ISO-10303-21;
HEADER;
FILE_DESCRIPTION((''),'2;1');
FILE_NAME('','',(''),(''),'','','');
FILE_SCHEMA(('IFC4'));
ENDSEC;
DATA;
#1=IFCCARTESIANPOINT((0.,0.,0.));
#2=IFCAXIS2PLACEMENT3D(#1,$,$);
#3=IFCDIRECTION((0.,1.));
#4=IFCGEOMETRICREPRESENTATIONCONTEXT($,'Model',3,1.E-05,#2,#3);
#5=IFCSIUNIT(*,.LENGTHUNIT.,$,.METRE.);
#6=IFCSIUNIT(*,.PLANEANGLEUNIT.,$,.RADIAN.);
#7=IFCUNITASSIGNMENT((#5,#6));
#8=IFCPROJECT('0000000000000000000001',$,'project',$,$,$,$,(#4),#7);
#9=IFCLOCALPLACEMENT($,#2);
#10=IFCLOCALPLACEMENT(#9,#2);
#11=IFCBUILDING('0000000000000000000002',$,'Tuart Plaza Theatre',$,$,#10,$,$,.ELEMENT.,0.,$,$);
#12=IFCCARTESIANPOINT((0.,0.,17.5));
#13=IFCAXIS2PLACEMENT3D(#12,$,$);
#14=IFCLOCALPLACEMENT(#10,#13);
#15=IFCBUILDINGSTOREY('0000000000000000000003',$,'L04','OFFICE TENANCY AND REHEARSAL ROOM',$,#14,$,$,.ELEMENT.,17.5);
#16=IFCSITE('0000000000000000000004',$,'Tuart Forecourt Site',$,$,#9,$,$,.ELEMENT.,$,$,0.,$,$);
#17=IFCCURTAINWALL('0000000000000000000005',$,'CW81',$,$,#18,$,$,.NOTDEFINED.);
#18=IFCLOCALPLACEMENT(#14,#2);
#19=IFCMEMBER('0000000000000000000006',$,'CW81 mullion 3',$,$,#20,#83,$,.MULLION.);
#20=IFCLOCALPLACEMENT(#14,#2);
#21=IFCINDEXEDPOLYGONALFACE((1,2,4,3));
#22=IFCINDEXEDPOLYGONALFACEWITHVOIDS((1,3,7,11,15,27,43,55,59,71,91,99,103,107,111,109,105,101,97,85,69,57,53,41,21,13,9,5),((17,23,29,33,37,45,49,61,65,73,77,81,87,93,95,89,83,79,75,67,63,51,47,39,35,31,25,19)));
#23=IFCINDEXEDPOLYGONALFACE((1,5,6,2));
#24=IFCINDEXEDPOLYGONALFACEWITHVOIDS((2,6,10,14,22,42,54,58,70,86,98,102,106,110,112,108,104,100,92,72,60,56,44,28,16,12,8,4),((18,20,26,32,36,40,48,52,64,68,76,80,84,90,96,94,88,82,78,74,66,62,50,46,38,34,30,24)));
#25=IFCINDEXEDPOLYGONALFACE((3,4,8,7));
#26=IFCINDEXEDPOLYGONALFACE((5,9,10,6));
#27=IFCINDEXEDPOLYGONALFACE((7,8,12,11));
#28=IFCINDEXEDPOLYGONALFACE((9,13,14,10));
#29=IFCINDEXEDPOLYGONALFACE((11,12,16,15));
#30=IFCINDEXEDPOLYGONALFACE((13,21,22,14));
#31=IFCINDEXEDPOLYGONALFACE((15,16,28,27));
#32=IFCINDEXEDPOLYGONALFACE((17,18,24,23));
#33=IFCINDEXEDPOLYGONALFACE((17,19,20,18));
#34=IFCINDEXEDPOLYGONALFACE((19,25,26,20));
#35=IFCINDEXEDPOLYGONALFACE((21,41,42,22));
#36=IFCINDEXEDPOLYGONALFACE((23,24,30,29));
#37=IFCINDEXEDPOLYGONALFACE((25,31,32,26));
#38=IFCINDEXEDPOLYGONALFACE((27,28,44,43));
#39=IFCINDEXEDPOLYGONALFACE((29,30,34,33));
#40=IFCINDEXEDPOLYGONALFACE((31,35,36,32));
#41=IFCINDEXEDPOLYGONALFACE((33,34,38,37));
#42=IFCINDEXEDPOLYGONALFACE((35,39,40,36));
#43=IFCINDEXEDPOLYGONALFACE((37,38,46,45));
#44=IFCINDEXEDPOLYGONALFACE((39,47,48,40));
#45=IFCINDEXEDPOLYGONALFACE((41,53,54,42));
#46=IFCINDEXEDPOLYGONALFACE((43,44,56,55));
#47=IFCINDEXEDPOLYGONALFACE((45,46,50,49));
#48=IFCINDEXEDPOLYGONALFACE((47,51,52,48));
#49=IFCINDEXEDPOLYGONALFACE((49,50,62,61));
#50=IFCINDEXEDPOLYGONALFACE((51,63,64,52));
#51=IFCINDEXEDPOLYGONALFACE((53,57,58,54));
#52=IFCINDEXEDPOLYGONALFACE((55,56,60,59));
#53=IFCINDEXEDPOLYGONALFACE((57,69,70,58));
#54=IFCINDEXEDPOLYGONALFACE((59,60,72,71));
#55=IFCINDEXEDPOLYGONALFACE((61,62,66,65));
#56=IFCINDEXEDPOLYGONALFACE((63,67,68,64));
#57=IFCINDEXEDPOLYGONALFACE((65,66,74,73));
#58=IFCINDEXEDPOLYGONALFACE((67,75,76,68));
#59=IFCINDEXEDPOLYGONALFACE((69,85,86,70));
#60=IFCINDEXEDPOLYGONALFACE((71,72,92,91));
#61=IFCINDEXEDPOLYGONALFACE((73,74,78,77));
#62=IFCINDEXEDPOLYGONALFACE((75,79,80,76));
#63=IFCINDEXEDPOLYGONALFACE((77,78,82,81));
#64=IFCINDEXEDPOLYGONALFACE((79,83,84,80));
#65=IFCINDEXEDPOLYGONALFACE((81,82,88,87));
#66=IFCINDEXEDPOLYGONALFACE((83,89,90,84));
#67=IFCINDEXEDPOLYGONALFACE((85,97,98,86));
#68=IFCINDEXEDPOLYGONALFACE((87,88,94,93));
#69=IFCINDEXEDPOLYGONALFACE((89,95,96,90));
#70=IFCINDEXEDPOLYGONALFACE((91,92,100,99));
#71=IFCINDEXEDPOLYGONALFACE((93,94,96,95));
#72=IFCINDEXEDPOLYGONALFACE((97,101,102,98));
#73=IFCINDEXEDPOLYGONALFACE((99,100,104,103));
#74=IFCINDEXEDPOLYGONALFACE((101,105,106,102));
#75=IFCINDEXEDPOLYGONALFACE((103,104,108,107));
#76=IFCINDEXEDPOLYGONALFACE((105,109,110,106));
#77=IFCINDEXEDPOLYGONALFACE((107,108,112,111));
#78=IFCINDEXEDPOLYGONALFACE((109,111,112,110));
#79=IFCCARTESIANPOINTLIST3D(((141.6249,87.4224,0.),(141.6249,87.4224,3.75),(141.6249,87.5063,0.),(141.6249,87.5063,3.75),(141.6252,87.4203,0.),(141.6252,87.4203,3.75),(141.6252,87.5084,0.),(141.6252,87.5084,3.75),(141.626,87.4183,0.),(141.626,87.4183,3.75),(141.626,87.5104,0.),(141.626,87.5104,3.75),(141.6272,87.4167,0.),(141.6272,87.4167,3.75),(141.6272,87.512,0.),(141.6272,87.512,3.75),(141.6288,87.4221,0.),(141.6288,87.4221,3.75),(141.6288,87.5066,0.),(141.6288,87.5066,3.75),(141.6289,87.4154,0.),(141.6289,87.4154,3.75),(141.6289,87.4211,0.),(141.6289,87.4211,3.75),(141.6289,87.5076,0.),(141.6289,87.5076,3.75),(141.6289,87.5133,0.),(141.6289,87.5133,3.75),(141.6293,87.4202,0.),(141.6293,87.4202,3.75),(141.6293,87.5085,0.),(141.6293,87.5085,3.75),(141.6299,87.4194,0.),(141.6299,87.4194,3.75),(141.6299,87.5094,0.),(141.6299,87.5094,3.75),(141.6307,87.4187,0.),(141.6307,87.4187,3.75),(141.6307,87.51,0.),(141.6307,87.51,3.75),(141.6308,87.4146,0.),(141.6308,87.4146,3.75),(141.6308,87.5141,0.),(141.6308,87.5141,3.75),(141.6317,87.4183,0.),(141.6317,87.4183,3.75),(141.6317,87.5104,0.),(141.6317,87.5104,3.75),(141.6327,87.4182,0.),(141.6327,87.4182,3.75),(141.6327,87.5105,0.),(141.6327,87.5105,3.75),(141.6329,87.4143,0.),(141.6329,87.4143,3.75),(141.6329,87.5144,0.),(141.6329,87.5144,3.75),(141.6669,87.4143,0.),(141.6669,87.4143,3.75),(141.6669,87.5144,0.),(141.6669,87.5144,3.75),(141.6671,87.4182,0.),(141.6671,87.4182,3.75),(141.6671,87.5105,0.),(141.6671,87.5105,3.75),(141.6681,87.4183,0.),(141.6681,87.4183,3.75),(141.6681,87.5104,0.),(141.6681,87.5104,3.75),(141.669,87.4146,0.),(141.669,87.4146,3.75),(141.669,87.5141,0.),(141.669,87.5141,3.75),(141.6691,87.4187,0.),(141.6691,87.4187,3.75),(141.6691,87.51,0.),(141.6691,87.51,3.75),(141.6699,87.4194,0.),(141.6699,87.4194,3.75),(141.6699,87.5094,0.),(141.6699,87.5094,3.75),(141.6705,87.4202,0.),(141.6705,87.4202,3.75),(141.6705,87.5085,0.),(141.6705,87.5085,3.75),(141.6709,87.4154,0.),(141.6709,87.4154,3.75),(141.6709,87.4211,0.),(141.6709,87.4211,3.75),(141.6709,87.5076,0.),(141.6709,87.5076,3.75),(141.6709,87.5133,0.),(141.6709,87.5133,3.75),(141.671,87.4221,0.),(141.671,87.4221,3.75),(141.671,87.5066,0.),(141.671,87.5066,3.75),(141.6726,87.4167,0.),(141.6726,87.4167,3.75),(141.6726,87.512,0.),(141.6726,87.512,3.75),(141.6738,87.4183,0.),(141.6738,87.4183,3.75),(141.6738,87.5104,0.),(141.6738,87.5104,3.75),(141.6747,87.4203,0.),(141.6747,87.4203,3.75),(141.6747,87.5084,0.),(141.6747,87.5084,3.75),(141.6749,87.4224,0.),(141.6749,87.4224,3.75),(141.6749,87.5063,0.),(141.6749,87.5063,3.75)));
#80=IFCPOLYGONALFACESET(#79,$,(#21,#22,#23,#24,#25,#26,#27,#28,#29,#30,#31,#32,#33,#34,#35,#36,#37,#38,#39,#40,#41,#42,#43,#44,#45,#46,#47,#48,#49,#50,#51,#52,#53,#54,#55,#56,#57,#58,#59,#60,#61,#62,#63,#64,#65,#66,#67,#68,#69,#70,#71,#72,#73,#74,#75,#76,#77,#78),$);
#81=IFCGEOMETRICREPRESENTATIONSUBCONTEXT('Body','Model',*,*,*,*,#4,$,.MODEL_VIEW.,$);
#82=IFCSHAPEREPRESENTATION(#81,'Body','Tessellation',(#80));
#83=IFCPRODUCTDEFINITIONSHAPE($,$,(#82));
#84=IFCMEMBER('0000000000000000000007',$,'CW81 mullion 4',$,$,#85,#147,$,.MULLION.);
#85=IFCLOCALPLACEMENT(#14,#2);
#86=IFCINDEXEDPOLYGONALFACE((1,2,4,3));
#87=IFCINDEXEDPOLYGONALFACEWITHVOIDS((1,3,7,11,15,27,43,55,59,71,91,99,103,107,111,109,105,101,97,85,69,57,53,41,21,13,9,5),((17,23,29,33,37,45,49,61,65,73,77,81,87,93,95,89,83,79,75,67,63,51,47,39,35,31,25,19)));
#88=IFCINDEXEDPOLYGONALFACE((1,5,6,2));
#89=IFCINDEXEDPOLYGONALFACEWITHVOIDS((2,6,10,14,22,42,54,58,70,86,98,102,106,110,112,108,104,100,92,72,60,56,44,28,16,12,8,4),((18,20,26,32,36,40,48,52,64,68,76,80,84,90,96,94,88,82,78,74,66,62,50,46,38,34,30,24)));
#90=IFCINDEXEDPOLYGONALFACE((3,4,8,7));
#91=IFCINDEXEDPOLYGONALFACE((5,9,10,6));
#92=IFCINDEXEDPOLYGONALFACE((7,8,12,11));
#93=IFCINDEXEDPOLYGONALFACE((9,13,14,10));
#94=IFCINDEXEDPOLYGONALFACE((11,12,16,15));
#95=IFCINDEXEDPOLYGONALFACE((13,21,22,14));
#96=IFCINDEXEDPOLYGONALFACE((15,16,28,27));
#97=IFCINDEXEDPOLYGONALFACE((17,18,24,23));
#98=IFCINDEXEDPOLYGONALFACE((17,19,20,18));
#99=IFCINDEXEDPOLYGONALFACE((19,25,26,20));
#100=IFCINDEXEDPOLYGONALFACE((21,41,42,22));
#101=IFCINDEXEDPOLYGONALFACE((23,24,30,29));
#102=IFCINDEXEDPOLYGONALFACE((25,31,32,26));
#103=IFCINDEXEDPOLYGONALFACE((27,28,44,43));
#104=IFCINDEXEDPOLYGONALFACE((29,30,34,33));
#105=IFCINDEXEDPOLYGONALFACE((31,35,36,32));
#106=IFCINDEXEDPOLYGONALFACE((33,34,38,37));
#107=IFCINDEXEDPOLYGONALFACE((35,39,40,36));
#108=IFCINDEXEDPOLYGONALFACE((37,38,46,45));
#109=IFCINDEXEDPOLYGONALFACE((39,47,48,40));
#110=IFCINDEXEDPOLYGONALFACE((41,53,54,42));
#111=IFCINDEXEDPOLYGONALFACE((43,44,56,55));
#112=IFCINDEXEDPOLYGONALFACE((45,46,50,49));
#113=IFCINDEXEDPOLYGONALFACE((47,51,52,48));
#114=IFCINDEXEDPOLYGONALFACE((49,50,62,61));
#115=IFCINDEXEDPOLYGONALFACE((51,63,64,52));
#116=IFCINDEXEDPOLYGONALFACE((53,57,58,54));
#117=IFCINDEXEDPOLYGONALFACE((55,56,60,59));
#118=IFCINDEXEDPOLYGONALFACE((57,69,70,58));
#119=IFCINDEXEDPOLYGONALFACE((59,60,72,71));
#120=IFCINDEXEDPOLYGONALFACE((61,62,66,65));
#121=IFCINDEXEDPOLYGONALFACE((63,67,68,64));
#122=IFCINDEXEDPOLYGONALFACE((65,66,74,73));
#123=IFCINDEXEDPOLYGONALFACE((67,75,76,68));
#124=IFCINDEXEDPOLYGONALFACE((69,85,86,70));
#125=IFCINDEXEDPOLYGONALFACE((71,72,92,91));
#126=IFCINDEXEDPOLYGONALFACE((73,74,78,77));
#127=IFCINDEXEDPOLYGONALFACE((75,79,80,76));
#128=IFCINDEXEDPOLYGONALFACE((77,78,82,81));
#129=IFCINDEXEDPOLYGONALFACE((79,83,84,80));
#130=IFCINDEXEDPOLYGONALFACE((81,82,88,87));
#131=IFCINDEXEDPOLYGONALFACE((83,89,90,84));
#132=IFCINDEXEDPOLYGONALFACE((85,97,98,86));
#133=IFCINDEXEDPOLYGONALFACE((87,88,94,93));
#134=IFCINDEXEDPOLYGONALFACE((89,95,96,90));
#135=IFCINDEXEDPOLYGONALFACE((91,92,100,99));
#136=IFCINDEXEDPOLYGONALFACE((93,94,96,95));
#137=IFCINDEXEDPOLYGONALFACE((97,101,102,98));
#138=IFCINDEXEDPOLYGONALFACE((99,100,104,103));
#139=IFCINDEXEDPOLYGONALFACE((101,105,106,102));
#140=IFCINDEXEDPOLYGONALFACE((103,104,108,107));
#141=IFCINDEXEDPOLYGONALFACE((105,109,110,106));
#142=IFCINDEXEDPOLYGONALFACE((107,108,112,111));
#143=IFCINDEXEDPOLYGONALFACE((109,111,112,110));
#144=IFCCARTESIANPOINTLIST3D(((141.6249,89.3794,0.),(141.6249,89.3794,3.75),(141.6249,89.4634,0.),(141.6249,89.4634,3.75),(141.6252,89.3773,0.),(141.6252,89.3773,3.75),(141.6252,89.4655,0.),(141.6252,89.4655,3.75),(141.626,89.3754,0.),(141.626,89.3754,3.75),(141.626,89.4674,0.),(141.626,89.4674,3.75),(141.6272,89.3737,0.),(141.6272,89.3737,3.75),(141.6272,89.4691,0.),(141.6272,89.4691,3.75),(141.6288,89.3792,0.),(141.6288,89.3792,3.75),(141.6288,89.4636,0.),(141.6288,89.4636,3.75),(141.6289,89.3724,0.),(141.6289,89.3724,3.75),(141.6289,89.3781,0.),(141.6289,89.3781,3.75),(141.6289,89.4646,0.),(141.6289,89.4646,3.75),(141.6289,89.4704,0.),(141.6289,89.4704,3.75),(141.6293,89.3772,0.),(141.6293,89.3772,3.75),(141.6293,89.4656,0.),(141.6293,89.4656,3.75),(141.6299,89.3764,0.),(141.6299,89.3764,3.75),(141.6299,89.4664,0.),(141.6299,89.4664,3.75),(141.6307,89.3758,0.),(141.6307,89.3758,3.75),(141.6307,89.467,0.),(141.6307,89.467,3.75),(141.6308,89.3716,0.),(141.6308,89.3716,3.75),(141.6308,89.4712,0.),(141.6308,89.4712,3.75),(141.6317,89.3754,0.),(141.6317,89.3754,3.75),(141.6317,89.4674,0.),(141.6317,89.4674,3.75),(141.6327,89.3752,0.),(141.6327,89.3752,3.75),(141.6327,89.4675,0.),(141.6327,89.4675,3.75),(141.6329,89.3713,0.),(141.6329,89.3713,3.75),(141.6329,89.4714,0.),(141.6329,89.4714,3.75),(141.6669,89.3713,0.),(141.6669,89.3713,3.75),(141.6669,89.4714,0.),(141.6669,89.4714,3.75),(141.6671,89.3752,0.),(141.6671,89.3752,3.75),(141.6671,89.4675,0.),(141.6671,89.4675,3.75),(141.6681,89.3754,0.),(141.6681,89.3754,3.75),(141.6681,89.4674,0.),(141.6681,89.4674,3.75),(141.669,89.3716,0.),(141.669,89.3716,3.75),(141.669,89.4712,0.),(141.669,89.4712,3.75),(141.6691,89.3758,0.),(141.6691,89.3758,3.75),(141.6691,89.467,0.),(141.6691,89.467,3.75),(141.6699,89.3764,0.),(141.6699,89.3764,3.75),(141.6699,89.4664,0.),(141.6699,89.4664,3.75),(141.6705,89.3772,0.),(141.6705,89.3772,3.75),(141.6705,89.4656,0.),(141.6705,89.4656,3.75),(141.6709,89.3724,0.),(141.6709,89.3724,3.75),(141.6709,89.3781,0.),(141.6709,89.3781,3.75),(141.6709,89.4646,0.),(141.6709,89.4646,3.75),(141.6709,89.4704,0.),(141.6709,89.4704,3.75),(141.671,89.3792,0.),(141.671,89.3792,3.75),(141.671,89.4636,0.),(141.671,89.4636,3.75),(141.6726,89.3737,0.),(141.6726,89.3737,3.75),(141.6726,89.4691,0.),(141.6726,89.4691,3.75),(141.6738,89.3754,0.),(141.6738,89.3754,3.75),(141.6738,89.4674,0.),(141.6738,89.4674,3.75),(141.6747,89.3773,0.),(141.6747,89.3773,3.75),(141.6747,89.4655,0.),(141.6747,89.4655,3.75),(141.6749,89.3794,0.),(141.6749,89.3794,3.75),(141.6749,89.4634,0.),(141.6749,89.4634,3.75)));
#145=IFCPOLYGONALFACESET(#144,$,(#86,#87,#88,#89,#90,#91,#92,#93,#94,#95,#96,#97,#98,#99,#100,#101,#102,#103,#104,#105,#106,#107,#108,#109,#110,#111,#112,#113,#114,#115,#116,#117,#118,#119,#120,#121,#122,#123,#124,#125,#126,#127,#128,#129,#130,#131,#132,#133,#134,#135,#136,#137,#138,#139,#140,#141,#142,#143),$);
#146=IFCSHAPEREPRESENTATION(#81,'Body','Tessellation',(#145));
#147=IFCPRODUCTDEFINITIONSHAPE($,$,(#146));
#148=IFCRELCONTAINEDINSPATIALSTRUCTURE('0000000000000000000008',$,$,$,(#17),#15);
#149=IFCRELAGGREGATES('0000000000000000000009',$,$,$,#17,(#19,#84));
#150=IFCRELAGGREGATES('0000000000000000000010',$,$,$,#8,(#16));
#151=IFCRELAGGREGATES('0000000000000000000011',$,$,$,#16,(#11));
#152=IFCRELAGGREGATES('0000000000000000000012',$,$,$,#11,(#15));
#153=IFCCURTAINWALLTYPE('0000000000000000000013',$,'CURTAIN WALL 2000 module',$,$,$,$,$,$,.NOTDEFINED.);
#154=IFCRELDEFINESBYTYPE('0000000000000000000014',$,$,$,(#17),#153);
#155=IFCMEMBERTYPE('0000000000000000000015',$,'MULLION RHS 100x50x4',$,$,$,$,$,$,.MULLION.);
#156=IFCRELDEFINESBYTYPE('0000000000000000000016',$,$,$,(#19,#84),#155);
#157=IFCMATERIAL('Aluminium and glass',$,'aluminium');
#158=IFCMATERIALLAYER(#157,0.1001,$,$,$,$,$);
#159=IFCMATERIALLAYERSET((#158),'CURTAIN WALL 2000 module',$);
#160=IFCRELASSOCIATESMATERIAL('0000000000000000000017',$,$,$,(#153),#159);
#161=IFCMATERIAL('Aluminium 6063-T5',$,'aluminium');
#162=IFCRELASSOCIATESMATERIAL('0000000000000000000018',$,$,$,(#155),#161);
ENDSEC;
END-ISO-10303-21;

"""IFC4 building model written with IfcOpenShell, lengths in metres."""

from ifc_helpers import new_model, si_unit, direction, frame, origin, origin_2d, place, context, subcontext, project, spatial, hollow_rectangle, extrude, material, layer, layer_set, material_profile, profile_set, type_object, element, aggregate, save


model = new_model("IFC4")

# Units and contexts
model_context = context("Model", 3, precision=1e-05, world=origin(), true_north=direction((0.0, 1.0)))
body_context = subcontext(model_context, "Body", "Model", "MODEL_VIEW")
ifc_project = project(units=[si_unit("LENGTHUNIT", "METRE"), si_unit("PLANEANGLEUNIT", "RADIAN")], contexts=[model_context])

# Site, building, storey
site_placement = place(None, origin())
site = spatial("IfcSite", under=ifc_project, at=site_placement, Name="Tuart Forecourt Site", CompositionType="ELEMENT", RefElevation=0.0)
building_placement = place(site_placement, origin())
building = spatial("IfcBuilding", under=site, at=building_placement, Name="Tuart Plaza Theatre", CompositionType="ELEMENT", ElevationOfRefHeight=0.0)
storey_placement = place(building_placement, frame((0.0, 0.0, 17.5)))
storey = spatial("IfcBuildingStorey", under=building, at=storey_placement, Name="L04", Description="OFFICE TENANCY AND REHEARSAL ROOM", CompositionType="ELEMENT", Elevation=17.5)

# Curtain wall, members
ifc_material_1 = material(Name="Aluminium and glass", Category="aluminium")
ifc_layer_1 = layer(ifc_material_1, 0.1001)
ifc_layer_set_1 = layer_set([ifc_layer_1], Name="CURTAIN WALL 2000 module")
curtain_wall_type = type_object("IfcCurtainWallType", Name="CURTAIN WALL 2000 module", PredefinedType="NOTDEFINED", material=ifc_layer_set_1)
curtain_wall_placement = place(storey_placement, origin())
curtain_wall = element("IfcCurtainWall", 1, at=curtain_wall_placement, inside=storey, type_object=curtain_wall_type, Name="CW81", PredefinedType="NOTDEFINED")
ifc_material_2 = material(Name="Aluminium 6063-T5", Category="aluminium")
ifc_material_profile_1 = material_profile(ifc_material_2, hollow_rectangle(XDim=0.05, YDim=0.1001, WallThickness=0.0039, InnerFilletRadius=0.0039, OuterFilletRadius=0.0081, at=origin_2d()), Name="RHS 100x50x4")
ifc_profile_set_1 = profile_set([ifc_material_profile_1], Name="Aluminium 6063-T5")
member_type_1 = type_object("IfcMemberType", Name="MULLION RHS 100x50x4", PredefinedType="MULLION", material=ifc_profile_set_1)
member_1_placement = place(storey_placement, frame((141.6499, 87.4644, 0.0), z_axis=(0.0, 0.0, 1.0), x_axis=(-1.0, 0.0, 0.0)))
member_1 = element("IfcMember", 2, at=member_1_placement, type_object=member_type_1, Name="CW81 mullion 3", PredefinedType="MULLION", context=body_context, shape_type="SweptSolid", body=[
    extrude(hollow_rectangle(XDim=0.05, YDim=0.1001, WallThickness=0.0039, InnerFilletRadius=0.0039, OuterFilletRadius=0.0081, at=origin_2d()), origin(), (0.0, 0.0, 1.0), 3.75),
])
member_2_placement = place(storey_placement, frame((141.6499, 89.4214, 0.0), z_axis=(0.0, 0.0, 1.0), x_axis=(-1.0, 0.0, 0.0)))
member_2 = element("IfcMember", 3, at=member_2_placement, type_object=member_type_1, Name="CW81 mullion 4", PredefinedType="MULLION", context=body_context, shape_type="SweptSolid", body=[
    extrude(hollow_rectangle(XDim=0.05, YDim=0.1001, WallThickness=0.0039, InnerFilletRadius=0.0039, OuterFilletRadius=0.0081, at=origin_2d()), origin(), (0.0, 0.0, 1.0), 3.75),
])
aggregate(curtain_wall, [member_1, member_2])

save(model, "model.ifc")
